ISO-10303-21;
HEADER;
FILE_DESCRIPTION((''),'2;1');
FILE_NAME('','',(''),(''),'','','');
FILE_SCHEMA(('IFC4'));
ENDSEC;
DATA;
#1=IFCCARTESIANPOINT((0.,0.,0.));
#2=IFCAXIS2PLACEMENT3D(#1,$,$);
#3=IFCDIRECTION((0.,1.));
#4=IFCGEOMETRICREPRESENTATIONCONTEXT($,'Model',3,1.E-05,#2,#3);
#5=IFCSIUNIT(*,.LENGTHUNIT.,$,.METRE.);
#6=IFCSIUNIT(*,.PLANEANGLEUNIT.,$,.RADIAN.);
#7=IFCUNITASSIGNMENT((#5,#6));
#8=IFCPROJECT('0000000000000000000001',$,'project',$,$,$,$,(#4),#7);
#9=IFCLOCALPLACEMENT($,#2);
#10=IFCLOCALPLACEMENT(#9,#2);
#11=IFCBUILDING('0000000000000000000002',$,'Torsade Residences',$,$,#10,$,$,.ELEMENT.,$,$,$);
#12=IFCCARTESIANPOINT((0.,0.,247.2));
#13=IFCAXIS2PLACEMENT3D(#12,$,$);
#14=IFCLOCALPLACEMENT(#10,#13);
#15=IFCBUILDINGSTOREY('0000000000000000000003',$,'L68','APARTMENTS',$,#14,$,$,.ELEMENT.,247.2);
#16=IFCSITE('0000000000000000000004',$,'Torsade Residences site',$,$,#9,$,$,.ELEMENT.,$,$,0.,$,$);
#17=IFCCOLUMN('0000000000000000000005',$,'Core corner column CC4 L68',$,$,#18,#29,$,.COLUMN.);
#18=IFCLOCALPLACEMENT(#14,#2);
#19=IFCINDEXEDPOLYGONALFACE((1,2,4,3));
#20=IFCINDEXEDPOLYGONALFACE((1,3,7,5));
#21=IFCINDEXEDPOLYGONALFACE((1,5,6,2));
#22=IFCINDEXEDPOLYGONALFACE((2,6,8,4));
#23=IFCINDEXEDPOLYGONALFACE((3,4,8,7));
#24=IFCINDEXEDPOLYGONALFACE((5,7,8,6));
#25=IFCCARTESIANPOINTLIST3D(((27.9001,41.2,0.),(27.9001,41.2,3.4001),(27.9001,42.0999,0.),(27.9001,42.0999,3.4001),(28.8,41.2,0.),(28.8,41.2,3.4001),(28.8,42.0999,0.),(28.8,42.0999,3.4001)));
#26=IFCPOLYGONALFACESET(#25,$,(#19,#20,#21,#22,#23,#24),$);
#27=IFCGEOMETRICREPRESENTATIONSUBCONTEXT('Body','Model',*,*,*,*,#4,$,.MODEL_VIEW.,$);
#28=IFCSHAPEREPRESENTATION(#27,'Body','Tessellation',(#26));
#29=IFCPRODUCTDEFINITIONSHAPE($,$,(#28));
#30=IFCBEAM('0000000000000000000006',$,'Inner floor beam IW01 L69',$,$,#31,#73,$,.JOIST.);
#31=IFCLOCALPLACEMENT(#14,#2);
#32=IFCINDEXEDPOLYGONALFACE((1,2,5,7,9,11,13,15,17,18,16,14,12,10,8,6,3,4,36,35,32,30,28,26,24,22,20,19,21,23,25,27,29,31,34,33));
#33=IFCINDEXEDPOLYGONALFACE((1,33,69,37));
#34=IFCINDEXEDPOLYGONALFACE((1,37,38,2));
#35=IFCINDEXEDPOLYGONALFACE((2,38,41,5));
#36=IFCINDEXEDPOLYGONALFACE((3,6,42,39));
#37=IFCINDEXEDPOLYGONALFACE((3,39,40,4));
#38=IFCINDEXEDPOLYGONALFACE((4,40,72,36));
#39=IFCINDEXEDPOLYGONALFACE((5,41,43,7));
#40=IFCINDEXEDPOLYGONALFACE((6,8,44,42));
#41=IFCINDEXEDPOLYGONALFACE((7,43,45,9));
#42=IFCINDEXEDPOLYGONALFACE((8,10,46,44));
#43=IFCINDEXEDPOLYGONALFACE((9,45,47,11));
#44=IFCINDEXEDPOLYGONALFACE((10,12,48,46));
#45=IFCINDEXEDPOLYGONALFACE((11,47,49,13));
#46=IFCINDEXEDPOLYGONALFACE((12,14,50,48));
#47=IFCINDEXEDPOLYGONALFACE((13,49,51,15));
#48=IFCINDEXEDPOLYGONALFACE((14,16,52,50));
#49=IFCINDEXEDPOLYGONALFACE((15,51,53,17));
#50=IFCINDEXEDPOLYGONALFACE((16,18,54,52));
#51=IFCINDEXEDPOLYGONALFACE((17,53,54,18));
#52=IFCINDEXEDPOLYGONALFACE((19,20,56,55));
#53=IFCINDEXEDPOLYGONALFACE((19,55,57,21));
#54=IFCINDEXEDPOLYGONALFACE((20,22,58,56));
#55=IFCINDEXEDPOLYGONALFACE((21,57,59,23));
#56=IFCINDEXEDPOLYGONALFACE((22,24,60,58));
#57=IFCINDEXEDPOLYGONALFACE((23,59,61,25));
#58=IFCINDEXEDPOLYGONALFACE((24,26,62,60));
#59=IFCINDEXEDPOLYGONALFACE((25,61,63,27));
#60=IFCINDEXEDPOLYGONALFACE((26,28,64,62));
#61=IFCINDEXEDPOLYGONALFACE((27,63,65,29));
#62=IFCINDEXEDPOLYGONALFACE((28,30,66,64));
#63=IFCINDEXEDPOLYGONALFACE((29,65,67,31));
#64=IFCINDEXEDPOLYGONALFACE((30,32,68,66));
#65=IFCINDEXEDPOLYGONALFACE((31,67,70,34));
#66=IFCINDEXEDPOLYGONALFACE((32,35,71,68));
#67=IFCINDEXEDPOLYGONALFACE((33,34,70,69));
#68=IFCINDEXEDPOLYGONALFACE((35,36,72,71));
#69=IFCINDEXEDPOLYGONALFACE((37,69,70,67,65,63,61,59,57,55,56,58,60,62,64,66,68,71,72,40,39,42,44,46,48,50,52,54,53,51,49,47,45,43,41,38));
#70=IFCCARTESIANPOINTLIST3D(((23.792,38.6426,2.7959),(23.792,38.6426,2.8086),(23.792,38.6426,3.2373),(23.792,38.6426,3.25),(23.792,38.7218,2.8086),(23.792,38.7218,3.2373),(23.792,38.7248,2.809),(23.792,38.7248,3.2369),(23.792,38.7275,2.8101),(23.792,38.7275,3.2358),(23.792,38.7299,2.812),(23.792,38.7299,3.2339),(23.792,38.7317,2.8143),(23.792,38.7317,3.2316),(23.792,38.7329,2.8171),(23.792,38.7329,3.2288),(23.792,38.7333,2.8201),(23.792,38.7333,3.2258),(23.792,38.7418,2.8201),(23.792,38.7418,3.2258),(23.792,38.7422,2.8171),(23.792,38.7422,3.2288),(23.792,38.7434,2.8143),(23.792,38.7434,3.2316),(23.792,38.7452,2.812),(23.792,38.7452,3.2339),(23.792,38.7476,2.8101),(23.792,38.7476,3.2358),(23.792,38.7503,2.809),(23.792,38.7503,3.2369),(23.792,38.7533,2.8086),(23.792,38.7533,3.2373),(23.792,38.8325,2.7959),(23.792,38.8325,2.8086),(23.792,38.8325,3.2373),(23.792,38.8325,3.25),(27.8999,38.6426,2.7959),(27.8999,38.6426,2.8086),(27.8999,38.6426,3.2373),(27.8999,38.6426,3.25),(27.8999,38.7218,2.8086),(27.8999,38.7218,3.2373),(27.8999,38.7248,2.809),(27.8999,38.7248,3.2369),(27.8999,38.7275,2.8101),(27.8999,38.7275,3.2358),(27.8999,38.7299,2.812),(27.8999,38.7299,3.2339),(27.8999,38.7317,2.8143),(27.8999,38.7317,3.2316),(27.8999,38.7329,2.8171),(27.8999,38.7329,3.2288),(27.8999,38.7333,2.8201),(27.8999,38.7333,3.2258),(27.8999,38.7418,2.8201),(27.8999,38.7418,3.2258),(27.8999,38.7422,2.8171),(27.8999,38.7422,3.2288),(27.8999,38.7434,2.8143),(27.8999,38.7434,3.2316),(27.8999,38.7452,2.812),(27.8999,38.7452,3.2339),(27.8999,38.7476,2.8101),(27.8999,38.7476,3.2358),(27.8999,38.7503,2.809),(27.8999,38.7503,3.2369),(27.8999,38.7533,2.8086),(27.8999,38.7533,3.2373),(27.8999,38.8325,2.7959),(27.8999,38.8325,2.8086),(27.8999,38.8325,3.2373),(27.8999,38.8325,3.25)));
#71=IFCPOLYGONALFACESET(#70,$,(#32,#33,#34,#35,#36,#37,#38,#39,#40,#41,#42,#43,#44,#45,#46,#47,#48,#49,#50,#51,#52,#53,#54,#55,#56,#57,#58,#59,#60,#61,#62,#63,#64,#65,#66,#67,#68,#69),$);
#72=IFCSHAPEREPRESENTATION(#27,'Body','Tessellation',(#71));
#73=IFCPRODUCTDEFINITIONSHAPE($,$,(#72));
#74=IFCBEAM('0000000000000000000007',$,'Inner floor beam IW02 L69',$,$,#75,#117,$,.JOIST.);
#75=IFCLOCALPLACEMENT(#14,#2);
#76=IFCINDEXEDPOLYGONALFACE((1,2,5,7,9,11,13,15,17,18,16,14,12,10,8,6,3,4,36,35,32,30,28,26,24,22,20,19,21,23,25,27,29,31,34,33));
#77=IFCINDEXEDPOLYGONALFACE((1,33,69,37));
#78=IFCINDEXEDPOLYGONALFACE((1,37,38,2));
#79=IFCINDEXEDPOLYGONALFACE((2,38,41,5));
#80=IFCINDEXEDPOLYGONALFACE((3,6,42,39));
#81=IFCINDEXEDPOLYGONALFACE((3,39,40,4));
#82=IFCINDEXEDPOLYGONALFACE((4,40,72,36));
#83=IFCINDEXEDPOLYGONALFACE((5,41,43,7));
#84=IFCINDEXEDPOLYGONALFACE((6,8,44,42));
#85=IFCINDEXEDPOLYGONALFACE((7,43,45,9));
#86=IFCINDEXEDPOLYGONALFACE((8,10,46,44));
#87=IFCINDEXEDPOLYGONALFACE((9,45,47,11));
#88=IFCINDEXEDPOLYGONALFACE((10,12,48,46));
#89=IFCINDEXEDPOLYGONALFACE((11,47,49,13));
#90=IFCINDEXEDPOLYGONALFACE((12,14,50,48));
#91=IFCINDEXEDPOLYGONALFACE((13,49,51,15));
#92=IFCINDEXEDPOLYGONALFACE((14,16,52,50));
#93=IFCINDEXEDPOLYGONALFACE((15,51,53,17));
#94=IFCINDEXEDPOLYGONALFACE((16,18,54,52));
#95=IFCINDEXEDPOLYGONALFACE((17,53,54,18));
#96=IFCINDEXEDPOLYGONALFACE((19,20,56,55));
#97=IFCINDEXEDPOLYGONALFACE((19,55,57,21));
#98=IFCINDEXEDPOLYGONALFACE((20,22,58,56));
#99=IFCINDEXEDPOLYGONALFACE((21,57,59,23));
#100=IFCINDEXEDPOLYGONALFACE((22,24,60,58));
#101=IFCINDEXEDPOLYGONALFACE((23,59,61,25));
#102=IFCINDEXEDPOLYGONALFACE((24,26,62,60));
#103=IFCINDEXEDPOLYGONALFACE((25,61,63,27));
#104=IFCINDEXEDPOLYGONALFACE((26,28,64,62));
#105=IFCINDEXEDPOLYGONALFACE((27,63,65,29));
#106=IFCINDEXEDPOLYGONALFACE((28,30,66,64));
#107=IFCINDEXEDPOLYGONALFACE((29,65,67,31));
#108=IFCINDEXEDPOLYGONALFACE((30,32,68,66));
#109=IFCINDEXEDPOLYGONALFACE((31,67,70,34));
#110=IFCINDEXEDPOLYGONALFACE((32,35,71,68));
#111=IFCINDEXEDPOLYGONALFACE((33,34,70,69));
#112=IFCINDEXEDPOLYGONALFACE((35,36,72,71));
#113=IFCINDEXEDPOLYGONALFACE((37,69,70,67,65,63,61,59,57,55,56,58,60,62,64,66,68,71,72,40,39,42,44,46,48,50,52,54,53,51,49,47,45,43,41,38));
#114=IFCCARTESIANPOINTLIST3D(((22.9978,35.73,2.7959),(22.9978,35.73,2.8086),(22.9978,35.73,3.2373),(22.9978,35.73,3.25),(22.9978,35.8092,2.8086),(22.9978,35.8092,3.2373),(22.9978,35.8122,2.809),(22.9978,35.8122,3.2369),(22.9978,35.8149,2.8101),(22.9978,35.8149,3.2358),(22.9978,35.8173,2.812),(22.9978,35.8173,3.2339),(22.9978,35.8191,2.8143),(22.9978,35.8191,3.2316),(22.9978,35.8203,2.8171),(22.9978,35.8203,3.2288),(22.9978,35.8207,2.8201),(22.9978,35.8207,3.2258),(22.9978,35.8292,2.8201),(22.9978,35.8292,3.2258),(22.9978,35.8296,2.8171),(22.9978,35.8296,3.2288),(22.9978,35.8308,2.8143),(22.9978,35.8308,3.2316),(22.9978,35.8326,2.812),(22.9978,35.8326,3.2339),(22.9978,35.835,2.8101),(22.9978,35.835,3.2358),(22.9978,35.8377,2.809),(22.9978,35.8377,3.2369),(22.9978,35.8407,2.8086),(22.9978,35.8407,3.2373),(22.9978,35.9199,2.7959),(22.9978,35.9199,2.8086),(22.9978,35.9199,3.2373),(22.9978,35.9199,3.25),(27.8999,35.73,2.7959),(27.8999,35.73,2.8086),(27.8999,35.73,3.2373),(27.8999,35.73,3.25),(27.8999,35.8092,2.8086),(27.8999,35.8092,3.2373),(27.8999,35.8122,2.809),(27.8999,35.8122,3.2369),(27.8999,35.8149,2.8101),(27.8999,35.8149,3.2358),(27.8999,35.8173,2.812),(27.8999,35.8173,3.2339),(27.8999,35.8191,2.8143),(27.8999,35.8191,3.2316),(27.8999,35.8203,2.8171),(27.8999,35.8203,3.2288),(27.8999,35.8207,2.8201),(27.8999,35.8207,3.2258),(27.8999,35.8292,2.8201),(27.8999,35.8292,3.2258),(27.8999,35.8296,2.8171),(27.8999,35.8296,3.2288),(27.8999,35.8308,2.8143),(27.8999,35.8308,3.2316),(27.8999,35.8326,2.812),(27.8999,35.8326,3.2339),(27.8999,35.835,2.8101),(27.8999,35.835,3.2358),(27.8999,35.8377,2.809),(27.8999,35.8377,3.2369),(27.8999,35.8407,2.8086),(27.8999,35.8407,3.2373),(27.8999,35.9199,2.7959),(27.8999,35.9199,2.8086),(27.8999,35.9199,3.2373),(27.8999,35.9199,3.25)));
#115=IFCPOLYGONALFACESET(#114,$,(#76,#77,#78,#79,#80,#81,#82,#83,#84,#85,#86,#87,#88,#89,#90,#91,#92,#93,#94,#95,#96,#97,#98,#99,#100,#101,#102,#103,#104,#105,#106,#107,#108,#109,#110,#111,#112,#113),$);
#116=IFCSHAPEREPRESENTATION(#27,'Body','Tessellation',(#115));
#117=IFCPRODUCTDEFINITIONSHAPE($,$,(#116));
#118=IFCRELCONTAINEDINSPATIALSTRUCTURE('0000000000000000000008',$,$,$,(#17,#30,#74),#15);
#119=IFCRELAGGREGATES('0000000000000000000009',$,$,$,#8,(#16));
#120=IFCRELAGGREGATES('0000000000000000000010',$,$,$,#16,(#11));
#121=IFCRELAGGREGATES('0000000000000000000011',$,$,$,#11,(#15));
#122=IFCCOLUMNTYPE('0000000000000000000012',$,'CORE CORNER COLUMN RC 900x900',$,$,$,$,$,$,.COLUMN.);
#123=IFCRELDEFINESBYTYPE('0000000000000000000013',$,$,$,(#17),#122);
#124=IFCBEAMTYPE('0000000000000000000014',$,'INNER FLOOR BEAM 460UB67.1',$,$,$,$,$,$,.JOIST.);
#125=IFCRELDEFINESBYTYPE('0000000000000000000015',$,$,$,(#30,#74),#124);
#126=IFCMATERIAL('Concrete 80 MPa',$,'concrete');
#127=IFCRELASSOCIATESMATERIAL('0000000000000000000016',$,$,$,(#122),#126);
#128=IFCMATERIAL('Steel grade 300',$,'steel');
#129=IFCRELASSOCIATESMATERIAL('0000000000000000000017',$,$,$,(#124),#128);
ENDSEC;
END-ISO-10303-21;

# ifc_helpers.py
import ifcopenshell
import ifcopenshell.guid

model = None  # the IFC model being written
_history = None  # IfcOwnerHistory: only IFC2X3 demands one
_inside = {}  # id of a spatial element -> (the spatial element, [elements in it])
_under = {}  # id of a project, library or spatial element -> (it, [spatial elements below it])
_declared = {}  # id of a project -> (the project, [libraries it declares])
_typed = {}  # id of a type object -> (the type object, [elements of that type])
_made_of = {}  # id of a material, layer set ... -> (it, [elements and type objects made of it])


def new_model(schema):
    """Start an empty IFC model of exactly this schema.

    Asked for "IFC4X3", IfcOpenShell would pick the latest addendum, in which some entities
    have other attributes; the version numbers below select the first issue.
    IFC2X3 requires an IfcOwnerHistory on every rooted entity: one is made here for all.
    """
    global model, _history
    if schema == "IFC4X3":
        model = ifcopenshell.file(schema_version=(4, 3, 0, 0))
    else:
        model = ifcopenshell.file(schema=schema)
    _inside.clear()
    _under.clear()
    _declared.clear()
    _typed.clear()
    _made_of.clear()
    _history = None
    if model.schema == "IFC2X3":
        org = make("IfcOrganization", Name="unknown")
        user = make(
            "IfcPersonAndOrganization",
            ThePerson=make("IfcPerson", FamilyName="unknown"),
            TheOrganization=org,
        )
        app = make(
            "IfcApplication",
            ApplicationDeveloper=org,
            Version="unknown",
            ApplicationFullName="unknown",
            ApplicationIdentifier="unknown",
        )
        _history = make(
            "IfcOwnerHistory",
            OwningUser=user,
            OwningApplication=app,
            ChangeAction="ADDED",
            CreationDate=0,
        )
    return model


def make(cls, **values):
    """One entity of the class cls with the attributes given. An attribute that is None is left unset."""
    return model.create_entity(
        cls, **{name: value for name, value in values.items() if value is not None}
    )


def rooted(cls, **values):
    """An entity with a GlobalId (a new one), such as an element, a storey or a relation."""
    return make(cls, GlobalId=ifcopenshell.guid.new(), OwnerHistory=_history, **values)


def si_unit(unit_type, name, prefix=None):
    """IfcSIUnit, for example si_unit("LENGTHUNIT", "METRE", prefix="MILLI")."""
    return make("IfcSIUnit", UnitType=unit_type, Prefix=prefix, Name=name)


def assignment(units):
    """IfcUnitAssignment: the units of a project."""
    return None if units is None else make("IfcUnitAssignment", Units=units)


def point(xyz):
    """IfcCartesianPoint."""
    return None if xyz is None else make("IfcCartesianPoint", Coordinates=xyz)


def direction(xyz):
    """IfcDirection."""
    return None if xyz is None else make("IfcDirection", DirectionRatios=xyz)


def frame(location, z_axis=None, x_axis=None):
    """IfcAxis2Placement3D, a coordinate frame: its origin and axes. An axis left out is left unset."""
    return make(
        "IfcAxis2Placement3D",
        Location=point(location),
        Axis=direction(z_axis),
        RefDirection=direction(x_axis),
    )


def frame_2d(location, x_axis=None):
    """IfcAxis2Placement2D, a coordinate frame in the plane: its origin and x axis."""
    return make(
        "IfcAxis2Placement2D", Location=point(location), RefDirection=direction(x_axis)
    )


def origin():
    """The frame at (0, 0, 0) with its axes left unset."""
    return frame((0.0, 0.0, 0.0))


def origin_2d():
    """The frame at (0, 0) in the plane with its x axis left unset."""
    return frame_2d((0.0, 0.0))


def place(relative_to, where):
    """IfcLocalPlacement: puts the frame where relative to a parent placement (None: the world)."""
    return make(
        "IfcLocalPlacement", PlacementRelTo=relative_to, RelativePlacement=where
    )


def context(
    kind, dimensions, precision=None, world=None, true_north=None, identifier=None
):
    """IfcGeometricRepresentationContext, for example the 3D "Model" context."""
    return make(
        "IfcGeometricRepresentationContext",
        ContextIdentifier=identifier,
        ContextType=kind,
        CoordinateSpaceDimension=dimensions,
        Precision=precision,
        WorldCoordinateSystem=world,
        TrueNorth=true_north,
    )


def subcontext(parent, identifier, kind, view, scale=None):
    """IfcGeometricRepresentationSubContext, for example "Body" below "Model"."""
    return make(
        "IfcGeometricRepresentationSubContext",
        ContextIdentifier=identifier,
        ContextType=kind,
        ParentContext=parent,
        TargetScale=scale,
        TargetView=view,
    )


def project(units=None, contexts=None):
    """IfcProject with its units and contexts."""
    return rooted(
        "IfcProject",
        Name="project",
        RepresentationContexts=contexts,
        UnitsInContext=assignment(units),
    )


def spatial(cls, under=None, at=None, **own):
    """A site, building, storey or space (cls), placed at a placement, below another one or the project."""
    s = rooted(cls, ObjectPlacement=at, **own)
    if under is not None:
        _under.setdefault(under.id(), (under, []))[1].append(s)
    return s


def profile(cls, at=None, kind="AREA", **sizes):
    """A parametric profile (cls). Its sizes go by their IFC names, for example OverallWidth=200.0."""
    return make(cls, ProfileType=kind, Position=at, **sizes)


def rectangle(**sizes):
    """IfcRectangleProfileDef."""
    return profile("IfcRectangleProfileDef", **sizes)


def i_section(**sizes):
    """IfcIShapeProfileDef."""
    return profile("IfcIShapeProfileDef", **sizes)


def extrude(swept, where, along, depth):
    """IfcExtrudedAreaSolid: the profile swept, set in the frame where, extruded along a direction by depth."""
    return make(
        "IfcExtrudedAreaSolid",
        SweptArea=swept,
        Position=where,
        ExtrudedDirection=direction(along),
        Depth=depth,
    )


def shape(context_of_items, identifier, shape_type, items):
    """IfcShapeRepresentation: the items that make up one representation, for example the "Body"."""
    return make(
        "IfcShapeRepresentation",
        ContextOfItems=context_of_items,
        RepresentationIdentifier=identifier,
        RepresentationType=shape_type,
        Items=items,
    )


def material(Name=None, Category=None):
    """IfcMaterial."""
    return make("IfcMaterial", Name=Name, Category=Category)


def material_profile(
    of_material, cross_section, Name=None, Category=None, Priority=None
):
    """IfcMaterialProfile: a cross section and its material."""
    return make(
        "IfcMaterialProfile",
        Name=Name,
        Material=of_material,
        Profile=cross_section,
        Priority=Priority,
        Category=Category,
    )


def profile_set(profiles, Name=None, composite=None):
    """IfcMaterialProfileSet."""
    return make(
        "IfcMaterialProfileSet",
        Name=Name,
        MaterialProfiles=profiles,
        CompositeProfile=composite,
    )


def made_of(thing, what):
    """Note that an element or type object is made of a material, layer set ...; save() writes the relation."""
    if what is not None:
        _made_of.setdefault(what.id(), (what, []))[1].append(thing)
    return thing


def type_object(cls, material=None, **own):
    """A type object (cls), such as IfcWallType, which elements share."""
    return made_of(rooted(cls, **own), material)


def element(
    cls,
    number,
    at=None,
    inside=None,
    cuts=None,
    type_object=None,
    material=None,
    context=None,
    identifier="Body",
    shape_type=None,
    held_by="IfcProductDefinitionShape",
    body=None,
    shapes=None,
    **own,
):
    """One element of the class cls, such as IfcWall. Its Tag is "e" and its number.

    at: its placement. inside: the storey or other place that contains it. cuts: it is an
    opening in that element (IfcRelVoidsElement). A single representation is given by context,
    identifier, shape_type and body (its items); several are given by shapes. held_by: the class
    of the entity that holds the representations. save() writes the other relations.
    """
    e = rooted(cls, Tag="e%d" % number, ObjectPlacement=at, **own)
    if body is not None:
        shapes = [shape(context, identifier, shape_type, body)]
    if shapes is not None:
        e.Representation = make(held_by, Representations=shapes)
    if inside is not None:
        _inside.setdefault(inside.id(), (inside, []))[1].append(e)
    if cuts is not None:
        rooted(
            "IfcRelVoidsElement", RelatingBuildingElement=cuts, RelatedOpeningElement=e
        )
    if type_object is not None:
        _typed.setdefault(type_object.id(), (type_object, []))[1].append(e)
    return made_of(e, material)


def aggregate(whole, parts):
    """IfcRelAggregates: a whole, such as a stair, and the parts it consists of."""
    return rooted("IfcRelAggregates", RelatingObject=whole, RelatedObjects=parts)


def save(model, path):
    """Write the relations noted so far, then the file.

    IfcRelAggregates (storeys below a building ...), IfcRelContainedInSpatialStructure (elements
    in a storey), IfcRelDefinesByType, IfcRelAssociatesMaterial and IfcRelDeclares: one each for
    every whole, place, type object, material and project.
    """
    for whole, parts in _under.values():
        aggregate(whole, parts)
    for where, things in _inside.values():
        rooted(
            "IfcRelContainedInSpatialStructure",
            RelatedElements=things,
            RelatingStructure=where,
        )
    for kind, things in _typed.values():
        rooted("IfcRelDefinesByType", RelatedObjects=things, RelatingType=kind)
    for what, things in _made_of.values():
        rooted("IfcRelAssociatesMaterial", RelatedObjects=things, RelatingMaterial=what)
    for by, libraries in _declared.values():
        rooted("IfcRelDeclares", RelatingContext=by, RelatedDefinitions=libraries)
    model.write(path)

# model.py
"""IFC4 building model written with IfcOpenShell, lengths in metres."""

from ifc_helpers import new_model, si_unit, direction, frame, origin, origin_2d, place, context, subcontext, project, spatial, rectangle, i_section, extrude, material, material_profile, profile_set, type_object, element, save


model = new_model("IFC4")

# Units and contexts
model_context = context("Model", 3, precision=1e-05, world=origin(), true_north=direction((0.0, 1.0)))
body_context = subcontext(model_context, "Body", "Model", "MODEL_VIEW")
ifc_project = project(units=[si_unit("LENGTHUNIT", "METRE"), si_unit("PLANEANGLEUNIT", "RADIAN")], contexts=[model_context])

# Site, building, storey
site_placement = place(None, origin())
site = spatial("IfcSite", under=ifc_project, at=site_placement, Name="Torsade Residences site", CompositionType="ELEMENT", RefElevation=0.0)
building_placement = place(site_placement, origin())
building = spatial("IfcBuilding", under=site, at=building_placement, Name="Torsade Residences", CompositionType="ELEMENT")
storey_placement = place(building_placement, frame((0.0, 0.0, 247.2)))
storey = spatial("IfcBuildingStorey", under=building, at=storey_placement, Name="L68", Description="APARTMENTS", CompositionType="ELEMENT", Elevation=247.2)

# Column
ifc_material_1 = material(Name="Concrete 80 MPa", Category="concrete")
ifc_material_profile_1 = material_profile(ifc_material_1, rectangle(XDim=0.8999, YDim=0.8999, at=origin_2d()), Name="RC 900x900")
ifc_profile_set_1 = profile_set([ifc_material_profile_1], Name="Concrete 80 MPa")
column_type = type_object("IfcColumnType", Name="CORE CORNER COLUMN RC 900x900", PredefinedType="COLUMN", material=ifc_profile_set_1)
column_placement = place(storey_placement, frame((28.3501, 41.6499, 0.0), z_axis=(0.0, 0.0, 1.0), x_axis=(1.0, 0.0, 0.0)))
element("IfcColumn", 1, at=column_placement, inside=storey, type_object=column_type, Name="Core corner column CC4 L68", PredefinedType="COLUMN", context=body_context, shape_type="SweptSolid", body=[
    extrude(rectangle(XDim=0.8999, YDim=0.8999, at=origin_2d()), origin(), (0.0, 0.0, 1.0), 3.4001),
])

# Beams
ifc_material_2 = material(Name="Steel grade 300", Category="steel")
ifc_material_profile_2 = material_profile(ifc_material_2, i_section(OverallWidth=0.1899, OverallDepth=0.4541, WebThickness=0.0085, FlangeThickness=0.0127, FilletRadius=0.0115, at=origin_2d()), Name="460UB67.1")
ifc_profile_set_2 = profile_set([ifc_material_profile_2], Name="Steel grade 300")
beam_type = type_object("IfcBeamType", Name="INNER FLOOR BEAM 460UB67.1", PredefinedType="JOIST", material=ifc_profile_set_2)
beam_1_placement = place(storey_placement, frame((27.8999, 38.7375, 3.0229), z_axis=(-1.0, 0.0, 0.0), x_axis=(0.0, -1.0, 0.0)))
element("IfcBeam", 2, at=beam_1_placement, inside=storey, type_object=beam_type, Name="Inner floor beam IW01 L69", PredefinedType="JOIST", context=body_context, shape_type="SweptSolid", body=[
    extrude(i_section(OverallWidth=0.1899, OverallDepth=0.4541, WebThickness=0.0085, FlangeThickness=0.0127, FilletRadius=0.0115, at=origin_2d()), origin(), (0.0, 0.0, 1.0), 4.1079),
])
beam_2_placement = place(storey_placement, frame((27.8999, 35.825, 3.0229), z_axis=(-1.0, 0.0, 0.0), x_axis=(0.0, -1.0, 0.0)))
element("IfcBeam", 3, at=beam_2_placement, inside=storey, type_object=beam_type, Name="Inner floor beam IW02 L69", PredefinedType="JOIST", context=body_context, shape_type="SweptSolid", body=[
    extrude(i_section(OverallWidth=0.1899, OverallDepth=0.4541, WebThickness=0.0085, FlangeThickness=0.0127, FilletRadius=0.0115, at=origin_2d()), origin(), (0.0, 0.0, 1.0), 4.9021),
])

save(model, "model.ifc")
